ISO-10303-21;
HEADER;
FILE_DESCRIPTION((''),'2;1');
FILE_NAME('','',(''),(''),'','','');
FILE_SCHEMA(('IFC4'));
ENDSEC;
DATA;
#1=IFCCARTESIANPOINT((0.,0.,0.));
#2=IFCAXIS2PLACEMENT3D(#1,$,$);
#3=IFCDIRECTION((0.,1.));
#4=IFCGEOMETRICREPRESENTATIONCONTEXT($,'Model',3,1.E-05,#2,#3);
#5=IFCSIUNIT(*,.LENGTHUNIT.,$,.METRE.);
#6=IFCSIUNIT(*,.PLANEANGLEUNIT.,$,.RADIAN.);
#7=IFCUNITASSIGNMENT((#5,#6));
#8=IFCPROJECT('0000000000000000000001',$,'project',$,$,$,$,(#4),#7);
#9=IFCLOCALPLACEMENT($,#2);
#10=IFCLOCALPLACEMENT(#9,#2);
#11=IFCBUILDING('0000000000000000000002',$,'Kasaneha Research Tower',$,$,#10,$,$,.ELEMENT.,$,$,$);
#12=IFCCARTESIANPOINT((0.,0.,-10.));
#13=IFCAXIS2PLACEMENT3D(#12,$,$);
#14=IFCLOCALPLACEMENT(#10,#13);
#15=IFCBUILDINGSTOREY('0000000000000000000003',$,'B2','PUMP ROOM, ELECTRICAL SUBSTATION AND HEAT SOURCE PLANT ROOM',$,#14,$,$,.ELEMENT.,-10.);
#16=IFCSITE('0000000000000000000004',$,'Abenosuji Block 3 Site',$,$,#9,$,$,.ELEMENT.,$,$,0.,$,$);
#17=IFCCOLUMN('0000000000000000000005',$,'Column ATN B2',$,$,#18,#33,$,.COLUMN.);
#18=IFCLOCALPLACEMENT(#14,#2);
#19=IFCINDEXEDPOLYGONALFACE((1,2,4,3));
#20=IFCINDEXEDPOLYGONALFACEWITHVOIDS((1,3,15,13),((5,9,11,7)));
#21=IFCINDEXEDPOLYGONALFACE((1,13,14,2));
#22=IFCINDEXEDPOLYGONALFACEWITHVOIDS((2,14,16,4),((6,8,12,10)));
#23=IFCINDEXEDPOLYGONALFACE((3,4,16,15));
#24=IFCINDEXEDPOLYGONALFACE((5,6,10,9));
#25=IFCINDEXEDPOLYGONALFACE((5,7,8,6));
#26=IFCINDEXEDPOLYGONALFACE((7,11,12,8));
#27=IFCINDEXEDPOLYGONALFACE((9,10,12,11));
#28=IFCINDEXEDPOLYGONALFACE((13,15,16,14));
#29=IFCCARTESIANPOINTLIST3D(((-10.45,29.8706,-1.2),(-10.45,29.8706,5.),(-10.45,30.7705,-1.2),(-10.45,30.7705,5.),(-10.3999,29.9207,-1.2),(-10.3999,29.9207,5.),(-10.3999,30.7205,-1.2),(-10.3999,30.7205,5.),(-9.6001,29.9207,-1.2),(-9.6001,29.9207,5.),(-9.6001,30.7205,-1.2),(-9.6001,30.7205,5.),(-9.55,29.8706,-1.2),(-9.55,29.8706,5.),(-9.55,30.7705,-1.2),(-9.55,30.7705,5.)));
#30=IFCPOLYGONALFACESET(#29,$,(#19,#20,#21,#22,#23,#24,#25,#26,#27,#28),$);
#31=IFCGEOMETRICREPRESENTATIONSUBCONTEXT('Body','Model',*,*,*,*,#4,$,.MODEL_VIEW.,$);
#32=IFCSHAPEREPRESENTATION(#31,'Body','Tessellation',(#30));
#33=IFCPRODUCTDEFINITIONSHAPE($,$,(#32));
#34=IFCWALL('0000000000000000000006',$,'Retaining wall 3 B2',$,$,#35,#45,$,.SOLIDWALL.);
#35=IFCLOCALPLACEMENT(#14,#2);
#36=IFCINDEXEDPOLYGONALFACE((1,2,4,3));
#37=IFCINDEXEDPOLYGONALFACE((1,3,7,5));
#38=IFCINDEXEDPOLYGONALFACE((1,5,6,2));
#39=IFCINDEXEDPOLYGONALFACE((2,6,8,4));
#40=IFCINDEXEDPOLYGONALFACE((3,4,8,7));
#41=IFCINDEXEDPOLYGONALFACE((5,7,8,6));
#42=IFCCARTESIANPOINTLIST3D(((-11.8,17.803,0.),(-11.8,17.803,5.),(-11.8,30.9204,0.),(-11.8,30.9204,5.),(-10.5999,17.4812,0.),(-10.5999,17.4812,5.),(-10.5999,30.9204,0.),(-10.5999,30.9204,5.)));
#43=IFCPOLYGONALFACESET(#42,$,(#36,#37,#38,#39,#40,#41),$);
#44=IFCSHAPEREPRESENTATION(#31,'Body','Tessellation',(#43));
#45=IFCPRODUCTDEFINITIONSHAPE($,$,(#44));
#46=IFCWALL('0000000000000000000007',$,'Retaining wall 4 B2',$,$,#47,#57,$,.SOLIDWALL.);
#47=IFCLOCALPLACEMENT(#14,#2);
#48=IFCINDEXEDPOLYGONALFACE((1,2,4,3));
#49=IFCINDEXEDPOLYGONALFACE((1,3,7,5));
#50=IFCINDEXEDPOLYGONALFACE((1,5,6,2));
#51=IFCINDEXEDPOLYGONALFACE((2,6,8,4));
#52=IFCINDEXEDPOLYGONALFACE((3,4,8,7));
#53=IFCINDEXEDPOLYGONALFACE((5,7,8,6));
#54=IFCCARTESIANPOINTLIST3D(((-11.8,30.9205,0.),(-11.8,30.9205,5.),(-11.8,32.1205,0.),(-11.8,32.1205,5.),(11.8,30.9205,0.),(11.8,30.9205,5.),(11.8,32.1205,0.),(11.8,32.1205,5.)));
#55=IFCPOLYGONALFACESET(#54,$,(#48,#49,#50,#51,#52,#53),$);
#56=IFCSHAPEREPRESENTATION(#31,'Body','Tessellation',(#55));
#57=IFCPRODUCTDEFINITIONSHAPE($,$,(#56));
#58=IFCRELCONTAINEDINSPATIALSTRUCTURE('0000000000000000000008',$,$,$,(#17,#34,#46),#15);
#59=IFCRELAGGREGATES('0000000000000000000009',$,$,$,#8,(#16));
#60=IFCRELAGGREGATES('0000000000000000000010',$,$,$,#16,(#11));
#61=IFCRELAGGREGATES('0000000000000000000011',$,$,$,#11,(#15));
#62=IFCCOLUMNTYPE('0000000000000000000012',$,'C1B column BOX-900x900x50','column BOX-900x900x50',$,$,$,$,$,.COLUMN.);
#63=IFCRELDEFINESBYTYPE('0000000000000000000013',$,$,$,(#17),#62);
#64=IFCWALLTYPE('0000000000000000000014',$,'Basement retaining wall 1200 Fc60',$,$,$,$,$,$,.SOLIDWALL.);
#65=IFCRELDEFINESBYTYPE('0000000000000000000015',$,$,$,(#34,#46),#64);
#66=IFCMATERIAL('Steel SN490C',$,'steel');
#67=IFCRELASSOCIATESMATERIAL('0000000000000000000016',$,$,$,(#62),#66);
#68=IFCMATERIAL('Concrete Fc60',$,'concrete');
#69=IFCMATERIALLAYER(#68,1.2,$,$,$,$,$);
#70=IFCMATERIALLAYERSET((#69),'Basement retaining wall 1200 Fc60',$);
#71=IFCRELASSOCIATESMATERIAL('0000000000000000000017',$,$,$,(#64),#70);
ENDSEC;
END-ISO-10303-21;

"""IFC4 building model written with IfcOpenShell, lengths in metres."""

from ifc_helpers import new_model, si_unit, direction, frame, frame_2d, origin, origin_2d, place, context, subcontext, project, spatial, polyline, rectangle, hollow_rectangle, outline, extrude, material, layer, layer_set, material_profile, profile_set, type_object, element, save


model = new_model("IFC4")

# Units and contexts
model_context = context("Model", 3, precision=1e-05, world=origin(), true_north=direction((0.0, 1.0)))
body_context = subcontext(model_context, "Body", "Model", "MODEL_VIEW")
ifc_project = project(units=[si_unit("LENGTHUNIT", "METRE"), si_unit("PLANEANGLEUNIT", "RADIAN")], contexts=[model_context])

# Site, building, storey
site_placement = place(None, origin())
site = spatial("IfcSite", under=ifc_project, at=site_placement, Name="Abenosuji Block 3 Site", CompositionType="ELEMENT", RefElevation=0.0)
building_placement = place(site_placement, origin())
building = spatial("IfcBuilding", under=site, at=building_placement, Name="Kasaneha Research Tower", CompositionType="ELEMENT")
storey_placement = place(building_placement, frame((0.0, 0.0, -10.0)))
storey = spatial("IfcBuildingStorey", under=building, at=storey_placement, Name="B2", Description="PUMP ROOM, ELECTRICAL SUBSTATION AND HEAT SOURCE PLANT ROOM", CompositionType="ELEMENT", Elevation=-10.0)

# Column
ifc_material_1 = material(Name="Steel SN490C", Category="steel")
ifc_material_profile_1 = material_profile(ifc_material_1, hollow_rectangle(XDim=0.8999, YDim=0.8999, WallThickness=0.05, at=origin_2d()), Name="BOX-900x900x50")
ifc_profile_set_1 = profile_set([ifc_material_profile_1], Name="Steel SN490C")
column_type_1 = type_object("IfcColumnType", Name="C1B column BOX-900x900x50", Description="column BOX-900x900x50", PredefinedType="COLUMN", material=ifc_profile_set_1)
for number, where, z_axis, x_axis, name in (
    (1, (-10.0, 30.3206, -1.2), (0.0, 0.0, 1.0), (1.0, 0.0, 0.0), "Column ATN B2"),
):
    element("IfcColumn", number, at=place(storey_placement, frame(where, z_axis=z_axis, x_axis=x_axis)), inside=storey, type_object=column_type_1, Name=name, PredefinedType="COLUMN", context=body_context, shape_type="SweptSolid", body=[
        extrude(hollow_rectangle(XDim=0.8999, YDim=0.8999, WallThickness=0.05, at=origin_2d()), origin(), (0.0, 0.0, 1.0), 6.2),
    ])

# Walls
ifc_material_2 = material(Name="Concrete Fc60", Category="concrete")
ifc_layer_1 = layer(ifc_material_2, 1.2)
ifc_layer_set_1 = layer_set([ifc_layer_1], Name="Basement retaining wall 1200 Fc60")
wall_type_1 = type_object("IfcWallType", Name="Basement retaining wall 1200 Fc60", PredefinedType="SOLIDWALL", material=ifc_layer_set_1)
wall_1_placement = place(storey_placement, frame((-11.2, 17.6421, 0.0), z_axis=(0.0, 0.0, 1.0), x_axis=(0.0, 1.0, 0.0)))
element("IfcWall", 2, at=wall_1_placement, inside=storey, type_object=wall_type_1, Name="Retaining wall 3 B2", PredefinedType="SOLIDWALL", context=body_context, shape_type="SweptSolid", body=[
    extrude(outline(polyline([(-0.1609, -0.6001), (13.2783, -0.6001), (13.2783, 0.6001), (0.1609, 0.6001), (-0.1609, -0.6001)])), origin(), (0.0, 0.0, 1.0), 5.0),
])
wall_2_placement = place(storey_placement, frame((-11.8, 31.5205, 0.0), z_axis=(0.0, 0.0, 1.0), x_axis=(1.0, 0.0, 0.0)))
element("IfcWall", 3, at=wall_2_placement, inside=storey, type_object=wall_type_1, Name="Retaining wall 4 B2", PredefinedType="SOLIDWALL", context=body_context, shape_type="SweptSolid", body=[
    extrude(rectangle(XDim=23.6001, YDim=1.2, at=frame_2d((11.8, 0.0))), origin(), (0.0, 0.0, 1.0), 5.0),
])

save(model, "model.ifc")
